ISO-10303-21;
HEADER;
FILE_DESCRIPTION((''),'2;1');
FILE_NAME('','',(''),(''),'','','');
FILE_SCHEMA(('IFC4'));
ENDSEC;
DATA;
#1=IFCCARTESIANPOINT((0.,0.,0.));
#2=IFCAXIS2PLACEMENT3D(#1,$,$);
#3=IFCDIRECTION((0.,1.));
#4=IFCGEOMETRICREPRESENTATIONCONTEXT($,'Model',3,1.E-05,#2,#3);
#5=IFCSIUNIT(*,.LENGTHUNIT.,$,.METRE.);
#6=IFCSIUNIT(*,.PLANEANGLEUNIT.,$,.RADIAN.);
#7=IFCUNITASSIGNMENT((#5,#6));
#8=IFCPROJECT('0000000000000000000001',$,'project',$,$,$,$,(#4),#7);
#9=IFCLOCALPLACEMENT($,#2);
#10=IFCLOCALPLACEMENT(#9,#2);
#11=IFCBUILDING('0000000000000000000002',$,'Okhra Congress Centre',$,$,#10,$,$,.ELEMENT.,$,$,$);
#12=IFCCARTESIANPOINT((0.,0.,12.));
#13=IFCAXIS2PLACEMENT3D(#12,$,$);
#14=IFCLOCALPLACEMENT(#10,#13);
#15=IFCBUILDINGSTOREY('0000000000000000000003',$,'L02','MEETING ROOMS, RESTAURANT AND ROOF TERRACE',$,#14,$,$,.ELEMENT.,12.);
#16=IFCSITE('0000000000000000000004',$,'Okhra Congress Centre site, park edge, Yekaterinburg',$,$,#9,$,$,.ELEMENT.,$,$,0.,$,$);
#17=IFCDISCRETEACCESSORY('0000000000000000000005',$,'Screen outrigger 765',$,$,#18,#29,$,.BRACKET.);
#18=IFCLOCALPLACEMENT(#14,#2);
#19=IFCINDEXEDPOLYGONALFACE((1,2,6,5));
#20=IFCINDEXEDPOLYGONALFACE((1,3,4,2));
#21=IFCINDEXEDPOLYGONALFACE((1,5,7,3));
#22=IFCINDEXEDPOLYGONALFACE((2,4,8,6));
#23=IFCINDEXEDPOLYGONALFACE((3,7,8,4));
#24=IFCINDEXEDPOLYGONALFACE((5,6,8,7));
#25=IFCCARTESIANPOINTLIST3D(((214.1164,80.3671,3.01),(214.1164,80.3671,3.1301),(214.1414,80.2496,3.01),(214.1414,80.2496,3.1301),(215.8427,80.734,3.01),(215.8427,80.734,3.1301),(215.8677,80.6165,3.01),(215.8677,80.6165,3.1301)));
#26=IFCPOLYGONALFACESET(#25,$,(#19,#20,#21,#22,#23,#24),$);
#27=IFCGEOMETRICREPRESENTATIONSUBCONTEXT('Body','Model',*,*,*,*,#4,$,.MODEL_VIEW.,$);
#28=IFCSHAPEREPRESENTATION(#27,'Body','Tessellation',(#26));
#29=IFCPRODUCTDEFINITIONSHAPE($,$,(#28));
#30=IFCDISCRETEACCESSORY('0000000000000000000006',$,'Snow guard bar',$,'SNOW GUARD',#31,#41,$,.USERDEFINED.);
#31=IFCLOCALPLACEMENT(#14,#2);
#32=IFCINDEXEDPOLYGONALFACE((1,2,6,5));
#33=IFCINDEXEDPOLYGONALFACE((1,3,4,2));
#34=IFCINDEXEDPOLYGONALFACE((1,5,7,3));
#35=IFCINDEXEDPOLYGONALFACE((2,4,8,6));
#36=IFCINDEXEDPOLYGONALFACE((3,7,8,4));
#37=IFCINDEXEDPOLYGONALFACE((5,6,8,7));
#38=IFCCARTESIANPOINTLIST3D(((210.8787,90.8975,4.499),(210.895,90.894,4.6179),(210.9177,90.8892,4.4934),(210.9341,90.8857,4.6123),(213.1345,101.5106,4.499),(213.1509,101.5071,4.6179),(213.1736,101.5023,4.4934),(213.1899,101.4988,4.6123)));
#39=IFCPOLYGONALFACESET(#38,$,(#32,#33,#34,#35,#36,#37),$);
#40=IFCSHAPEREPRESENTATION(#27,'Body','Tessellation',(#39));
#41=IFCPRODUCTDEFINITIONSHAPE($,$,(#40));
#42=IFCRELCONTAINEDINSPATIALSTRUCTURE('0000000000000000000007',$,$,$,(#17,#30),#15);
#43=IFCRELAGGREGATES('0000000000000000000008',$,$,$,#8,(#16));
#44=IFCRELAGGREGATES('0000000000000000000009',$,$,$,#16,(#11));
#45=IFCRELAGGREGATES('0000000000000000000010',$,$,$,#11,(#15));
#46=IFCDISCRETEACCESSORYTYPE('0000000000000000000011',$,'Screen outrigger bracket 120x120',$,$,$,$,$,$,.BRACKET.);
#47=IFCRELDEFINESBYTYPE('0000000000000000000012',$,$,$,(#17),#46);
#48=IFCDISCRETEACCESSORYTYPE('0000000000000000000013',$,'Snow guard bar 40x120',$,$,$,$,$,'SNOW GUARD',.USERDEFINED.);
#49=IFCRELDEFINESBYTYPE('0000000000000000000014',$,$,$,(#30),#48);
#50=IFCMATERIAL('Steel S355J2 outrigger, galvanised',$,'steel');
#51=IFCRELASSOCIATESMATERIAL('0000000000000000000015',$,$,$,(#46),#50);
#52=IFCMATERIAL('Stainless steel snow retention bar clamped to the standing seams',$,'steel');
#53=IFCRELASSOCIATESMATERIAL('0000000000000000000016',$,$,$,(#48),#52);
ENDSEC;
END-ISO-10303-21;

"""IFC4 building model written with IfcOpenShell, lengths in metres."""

from ifc_helpers import new_model, si_unit, direction, frame, origin, origin_2d, place, context, subcontext, project, spatial, polyline, rectangle, outline, extrude, material, material_profile, profile_set, type_object, element, save


model = new_model("IFC4")

# Units and contexts
model_context = context("Model", 3, precision=1e-05, world=origin(), true_north=direction((0.0, 1.0)))
body_context = subcontext(model_context, "Body", "Model", "MODEL_VIEW")
ifc_project = project(units=[si_unit("LENGTHUNIT", "METRE"), si_unit("PLANEANGLEUNIT", "RADIAN")], contexts=[model_context])

# Site, building, storey
site_placement = place(None, origin())
site = spatial("IfcSite", under=ifc_project, at=site_placement, Name="Okhra Congress Centre site, park edge, Yekaterinburg", CompositionType="ELEMENT", RefElevation=0.0)
building_placement = place(site_placement, origin())
building = spatial("IfcBuilding", under=site, at=building_placement, Name="Okhra Congress Centre", CompositionType="ELEMENT")
storey_placement = place(building_placement, frame((0.0, 0.0, 12.0)))
storey = spatial("IfcBuildingStorey", under=building, at=storey_placement, Name="L02", Description="MEETING ROOMS, RESTAURANT AND ROOF TERRACE", CompositionType="ELEMENT", Elevation=12.0)

# Discrete accessories
ifc_material_1 = material(Name="Steel S355J2 outrigger, galvanised", Category="steel")
ifc_material_profile_1 = material_profile(ifc_material_1, rectangle(XDim=0.1201, YDim=0.1201, at=origin_2d()), Name="Screen outrigger bracket 120x120")
ifc_profile_set_1 = profile_set([ifc_material_profile_1], Name="Steel S355J2 outrigger, galvanised")
discrete_accessory_type_1 = type_object("IfcDiscreteAccessoryType", Name="Screen outrigger bracket 120x120", PredefinedType="BRACKET", material=ifc_profile_set_1)
for number, where, z_axis, x_axis, name in (
    (1, (214.1289, 80.3083, 3.0701), (0.978147, 0.207913, 0.0), (-0.207913, 0.978147, 0.0), "Screen outrigger 765"),
):
    element("IfcDiscreteAccessory", number, at=place(storey_placement, frame(where, z_axis=z_axis, x_axis=x_axis)), inside=storey, type_object=discrete_accessory_type_1, Name=name, PredefinedType="BRACKET", context=body_context, shape_type="SweptSolid", body=[
        extrude(rectangle(XDim=0.1201, YDim=0.1201, at=origin_2d()), origin(), (0.0, 0.0, 1.0), 1.7649),
    ])
ifc_material_2 = material(Name="Stainless steel snow retention bar clamped to the standing seams", Category="steel")
discrete_accessory_type_2 = type_object("IfcDiscreteAccessoryType", Name="Snow guard bar 40x120", ElementType="SNOW GUARD", PredefinedType="USERDEFINED", material=ifc_material_2)
discrete_accessory_placement = place(storey_placement, frame((210.895, 90.894, 4.6179), z_axis=(0.136198, -0.02895, 0.990259), x_axis=(0.96863, -0.205834, -0.139241)))
element("IfcDiscreteAccessory", 2, at=discrete_accessory_placement, inside=storey, type_object=discrete_accessory_type_2, Name="Snow guard bar", ObjectType="SNOW GUARD", PredefinedType="USERDEFINED", context=body_context, shape_type="SweptSolid", body=[
    extrude(outline(polyline([(0.0, 0.0), (0.0403, 0.0), (0.0409, 10.8501), (0.0006, 10.8501), (0.0, 0.0)])), origin(), (0.0, 0.0, -1.0), 0.1201),
])

save(model, "model.ifc")
